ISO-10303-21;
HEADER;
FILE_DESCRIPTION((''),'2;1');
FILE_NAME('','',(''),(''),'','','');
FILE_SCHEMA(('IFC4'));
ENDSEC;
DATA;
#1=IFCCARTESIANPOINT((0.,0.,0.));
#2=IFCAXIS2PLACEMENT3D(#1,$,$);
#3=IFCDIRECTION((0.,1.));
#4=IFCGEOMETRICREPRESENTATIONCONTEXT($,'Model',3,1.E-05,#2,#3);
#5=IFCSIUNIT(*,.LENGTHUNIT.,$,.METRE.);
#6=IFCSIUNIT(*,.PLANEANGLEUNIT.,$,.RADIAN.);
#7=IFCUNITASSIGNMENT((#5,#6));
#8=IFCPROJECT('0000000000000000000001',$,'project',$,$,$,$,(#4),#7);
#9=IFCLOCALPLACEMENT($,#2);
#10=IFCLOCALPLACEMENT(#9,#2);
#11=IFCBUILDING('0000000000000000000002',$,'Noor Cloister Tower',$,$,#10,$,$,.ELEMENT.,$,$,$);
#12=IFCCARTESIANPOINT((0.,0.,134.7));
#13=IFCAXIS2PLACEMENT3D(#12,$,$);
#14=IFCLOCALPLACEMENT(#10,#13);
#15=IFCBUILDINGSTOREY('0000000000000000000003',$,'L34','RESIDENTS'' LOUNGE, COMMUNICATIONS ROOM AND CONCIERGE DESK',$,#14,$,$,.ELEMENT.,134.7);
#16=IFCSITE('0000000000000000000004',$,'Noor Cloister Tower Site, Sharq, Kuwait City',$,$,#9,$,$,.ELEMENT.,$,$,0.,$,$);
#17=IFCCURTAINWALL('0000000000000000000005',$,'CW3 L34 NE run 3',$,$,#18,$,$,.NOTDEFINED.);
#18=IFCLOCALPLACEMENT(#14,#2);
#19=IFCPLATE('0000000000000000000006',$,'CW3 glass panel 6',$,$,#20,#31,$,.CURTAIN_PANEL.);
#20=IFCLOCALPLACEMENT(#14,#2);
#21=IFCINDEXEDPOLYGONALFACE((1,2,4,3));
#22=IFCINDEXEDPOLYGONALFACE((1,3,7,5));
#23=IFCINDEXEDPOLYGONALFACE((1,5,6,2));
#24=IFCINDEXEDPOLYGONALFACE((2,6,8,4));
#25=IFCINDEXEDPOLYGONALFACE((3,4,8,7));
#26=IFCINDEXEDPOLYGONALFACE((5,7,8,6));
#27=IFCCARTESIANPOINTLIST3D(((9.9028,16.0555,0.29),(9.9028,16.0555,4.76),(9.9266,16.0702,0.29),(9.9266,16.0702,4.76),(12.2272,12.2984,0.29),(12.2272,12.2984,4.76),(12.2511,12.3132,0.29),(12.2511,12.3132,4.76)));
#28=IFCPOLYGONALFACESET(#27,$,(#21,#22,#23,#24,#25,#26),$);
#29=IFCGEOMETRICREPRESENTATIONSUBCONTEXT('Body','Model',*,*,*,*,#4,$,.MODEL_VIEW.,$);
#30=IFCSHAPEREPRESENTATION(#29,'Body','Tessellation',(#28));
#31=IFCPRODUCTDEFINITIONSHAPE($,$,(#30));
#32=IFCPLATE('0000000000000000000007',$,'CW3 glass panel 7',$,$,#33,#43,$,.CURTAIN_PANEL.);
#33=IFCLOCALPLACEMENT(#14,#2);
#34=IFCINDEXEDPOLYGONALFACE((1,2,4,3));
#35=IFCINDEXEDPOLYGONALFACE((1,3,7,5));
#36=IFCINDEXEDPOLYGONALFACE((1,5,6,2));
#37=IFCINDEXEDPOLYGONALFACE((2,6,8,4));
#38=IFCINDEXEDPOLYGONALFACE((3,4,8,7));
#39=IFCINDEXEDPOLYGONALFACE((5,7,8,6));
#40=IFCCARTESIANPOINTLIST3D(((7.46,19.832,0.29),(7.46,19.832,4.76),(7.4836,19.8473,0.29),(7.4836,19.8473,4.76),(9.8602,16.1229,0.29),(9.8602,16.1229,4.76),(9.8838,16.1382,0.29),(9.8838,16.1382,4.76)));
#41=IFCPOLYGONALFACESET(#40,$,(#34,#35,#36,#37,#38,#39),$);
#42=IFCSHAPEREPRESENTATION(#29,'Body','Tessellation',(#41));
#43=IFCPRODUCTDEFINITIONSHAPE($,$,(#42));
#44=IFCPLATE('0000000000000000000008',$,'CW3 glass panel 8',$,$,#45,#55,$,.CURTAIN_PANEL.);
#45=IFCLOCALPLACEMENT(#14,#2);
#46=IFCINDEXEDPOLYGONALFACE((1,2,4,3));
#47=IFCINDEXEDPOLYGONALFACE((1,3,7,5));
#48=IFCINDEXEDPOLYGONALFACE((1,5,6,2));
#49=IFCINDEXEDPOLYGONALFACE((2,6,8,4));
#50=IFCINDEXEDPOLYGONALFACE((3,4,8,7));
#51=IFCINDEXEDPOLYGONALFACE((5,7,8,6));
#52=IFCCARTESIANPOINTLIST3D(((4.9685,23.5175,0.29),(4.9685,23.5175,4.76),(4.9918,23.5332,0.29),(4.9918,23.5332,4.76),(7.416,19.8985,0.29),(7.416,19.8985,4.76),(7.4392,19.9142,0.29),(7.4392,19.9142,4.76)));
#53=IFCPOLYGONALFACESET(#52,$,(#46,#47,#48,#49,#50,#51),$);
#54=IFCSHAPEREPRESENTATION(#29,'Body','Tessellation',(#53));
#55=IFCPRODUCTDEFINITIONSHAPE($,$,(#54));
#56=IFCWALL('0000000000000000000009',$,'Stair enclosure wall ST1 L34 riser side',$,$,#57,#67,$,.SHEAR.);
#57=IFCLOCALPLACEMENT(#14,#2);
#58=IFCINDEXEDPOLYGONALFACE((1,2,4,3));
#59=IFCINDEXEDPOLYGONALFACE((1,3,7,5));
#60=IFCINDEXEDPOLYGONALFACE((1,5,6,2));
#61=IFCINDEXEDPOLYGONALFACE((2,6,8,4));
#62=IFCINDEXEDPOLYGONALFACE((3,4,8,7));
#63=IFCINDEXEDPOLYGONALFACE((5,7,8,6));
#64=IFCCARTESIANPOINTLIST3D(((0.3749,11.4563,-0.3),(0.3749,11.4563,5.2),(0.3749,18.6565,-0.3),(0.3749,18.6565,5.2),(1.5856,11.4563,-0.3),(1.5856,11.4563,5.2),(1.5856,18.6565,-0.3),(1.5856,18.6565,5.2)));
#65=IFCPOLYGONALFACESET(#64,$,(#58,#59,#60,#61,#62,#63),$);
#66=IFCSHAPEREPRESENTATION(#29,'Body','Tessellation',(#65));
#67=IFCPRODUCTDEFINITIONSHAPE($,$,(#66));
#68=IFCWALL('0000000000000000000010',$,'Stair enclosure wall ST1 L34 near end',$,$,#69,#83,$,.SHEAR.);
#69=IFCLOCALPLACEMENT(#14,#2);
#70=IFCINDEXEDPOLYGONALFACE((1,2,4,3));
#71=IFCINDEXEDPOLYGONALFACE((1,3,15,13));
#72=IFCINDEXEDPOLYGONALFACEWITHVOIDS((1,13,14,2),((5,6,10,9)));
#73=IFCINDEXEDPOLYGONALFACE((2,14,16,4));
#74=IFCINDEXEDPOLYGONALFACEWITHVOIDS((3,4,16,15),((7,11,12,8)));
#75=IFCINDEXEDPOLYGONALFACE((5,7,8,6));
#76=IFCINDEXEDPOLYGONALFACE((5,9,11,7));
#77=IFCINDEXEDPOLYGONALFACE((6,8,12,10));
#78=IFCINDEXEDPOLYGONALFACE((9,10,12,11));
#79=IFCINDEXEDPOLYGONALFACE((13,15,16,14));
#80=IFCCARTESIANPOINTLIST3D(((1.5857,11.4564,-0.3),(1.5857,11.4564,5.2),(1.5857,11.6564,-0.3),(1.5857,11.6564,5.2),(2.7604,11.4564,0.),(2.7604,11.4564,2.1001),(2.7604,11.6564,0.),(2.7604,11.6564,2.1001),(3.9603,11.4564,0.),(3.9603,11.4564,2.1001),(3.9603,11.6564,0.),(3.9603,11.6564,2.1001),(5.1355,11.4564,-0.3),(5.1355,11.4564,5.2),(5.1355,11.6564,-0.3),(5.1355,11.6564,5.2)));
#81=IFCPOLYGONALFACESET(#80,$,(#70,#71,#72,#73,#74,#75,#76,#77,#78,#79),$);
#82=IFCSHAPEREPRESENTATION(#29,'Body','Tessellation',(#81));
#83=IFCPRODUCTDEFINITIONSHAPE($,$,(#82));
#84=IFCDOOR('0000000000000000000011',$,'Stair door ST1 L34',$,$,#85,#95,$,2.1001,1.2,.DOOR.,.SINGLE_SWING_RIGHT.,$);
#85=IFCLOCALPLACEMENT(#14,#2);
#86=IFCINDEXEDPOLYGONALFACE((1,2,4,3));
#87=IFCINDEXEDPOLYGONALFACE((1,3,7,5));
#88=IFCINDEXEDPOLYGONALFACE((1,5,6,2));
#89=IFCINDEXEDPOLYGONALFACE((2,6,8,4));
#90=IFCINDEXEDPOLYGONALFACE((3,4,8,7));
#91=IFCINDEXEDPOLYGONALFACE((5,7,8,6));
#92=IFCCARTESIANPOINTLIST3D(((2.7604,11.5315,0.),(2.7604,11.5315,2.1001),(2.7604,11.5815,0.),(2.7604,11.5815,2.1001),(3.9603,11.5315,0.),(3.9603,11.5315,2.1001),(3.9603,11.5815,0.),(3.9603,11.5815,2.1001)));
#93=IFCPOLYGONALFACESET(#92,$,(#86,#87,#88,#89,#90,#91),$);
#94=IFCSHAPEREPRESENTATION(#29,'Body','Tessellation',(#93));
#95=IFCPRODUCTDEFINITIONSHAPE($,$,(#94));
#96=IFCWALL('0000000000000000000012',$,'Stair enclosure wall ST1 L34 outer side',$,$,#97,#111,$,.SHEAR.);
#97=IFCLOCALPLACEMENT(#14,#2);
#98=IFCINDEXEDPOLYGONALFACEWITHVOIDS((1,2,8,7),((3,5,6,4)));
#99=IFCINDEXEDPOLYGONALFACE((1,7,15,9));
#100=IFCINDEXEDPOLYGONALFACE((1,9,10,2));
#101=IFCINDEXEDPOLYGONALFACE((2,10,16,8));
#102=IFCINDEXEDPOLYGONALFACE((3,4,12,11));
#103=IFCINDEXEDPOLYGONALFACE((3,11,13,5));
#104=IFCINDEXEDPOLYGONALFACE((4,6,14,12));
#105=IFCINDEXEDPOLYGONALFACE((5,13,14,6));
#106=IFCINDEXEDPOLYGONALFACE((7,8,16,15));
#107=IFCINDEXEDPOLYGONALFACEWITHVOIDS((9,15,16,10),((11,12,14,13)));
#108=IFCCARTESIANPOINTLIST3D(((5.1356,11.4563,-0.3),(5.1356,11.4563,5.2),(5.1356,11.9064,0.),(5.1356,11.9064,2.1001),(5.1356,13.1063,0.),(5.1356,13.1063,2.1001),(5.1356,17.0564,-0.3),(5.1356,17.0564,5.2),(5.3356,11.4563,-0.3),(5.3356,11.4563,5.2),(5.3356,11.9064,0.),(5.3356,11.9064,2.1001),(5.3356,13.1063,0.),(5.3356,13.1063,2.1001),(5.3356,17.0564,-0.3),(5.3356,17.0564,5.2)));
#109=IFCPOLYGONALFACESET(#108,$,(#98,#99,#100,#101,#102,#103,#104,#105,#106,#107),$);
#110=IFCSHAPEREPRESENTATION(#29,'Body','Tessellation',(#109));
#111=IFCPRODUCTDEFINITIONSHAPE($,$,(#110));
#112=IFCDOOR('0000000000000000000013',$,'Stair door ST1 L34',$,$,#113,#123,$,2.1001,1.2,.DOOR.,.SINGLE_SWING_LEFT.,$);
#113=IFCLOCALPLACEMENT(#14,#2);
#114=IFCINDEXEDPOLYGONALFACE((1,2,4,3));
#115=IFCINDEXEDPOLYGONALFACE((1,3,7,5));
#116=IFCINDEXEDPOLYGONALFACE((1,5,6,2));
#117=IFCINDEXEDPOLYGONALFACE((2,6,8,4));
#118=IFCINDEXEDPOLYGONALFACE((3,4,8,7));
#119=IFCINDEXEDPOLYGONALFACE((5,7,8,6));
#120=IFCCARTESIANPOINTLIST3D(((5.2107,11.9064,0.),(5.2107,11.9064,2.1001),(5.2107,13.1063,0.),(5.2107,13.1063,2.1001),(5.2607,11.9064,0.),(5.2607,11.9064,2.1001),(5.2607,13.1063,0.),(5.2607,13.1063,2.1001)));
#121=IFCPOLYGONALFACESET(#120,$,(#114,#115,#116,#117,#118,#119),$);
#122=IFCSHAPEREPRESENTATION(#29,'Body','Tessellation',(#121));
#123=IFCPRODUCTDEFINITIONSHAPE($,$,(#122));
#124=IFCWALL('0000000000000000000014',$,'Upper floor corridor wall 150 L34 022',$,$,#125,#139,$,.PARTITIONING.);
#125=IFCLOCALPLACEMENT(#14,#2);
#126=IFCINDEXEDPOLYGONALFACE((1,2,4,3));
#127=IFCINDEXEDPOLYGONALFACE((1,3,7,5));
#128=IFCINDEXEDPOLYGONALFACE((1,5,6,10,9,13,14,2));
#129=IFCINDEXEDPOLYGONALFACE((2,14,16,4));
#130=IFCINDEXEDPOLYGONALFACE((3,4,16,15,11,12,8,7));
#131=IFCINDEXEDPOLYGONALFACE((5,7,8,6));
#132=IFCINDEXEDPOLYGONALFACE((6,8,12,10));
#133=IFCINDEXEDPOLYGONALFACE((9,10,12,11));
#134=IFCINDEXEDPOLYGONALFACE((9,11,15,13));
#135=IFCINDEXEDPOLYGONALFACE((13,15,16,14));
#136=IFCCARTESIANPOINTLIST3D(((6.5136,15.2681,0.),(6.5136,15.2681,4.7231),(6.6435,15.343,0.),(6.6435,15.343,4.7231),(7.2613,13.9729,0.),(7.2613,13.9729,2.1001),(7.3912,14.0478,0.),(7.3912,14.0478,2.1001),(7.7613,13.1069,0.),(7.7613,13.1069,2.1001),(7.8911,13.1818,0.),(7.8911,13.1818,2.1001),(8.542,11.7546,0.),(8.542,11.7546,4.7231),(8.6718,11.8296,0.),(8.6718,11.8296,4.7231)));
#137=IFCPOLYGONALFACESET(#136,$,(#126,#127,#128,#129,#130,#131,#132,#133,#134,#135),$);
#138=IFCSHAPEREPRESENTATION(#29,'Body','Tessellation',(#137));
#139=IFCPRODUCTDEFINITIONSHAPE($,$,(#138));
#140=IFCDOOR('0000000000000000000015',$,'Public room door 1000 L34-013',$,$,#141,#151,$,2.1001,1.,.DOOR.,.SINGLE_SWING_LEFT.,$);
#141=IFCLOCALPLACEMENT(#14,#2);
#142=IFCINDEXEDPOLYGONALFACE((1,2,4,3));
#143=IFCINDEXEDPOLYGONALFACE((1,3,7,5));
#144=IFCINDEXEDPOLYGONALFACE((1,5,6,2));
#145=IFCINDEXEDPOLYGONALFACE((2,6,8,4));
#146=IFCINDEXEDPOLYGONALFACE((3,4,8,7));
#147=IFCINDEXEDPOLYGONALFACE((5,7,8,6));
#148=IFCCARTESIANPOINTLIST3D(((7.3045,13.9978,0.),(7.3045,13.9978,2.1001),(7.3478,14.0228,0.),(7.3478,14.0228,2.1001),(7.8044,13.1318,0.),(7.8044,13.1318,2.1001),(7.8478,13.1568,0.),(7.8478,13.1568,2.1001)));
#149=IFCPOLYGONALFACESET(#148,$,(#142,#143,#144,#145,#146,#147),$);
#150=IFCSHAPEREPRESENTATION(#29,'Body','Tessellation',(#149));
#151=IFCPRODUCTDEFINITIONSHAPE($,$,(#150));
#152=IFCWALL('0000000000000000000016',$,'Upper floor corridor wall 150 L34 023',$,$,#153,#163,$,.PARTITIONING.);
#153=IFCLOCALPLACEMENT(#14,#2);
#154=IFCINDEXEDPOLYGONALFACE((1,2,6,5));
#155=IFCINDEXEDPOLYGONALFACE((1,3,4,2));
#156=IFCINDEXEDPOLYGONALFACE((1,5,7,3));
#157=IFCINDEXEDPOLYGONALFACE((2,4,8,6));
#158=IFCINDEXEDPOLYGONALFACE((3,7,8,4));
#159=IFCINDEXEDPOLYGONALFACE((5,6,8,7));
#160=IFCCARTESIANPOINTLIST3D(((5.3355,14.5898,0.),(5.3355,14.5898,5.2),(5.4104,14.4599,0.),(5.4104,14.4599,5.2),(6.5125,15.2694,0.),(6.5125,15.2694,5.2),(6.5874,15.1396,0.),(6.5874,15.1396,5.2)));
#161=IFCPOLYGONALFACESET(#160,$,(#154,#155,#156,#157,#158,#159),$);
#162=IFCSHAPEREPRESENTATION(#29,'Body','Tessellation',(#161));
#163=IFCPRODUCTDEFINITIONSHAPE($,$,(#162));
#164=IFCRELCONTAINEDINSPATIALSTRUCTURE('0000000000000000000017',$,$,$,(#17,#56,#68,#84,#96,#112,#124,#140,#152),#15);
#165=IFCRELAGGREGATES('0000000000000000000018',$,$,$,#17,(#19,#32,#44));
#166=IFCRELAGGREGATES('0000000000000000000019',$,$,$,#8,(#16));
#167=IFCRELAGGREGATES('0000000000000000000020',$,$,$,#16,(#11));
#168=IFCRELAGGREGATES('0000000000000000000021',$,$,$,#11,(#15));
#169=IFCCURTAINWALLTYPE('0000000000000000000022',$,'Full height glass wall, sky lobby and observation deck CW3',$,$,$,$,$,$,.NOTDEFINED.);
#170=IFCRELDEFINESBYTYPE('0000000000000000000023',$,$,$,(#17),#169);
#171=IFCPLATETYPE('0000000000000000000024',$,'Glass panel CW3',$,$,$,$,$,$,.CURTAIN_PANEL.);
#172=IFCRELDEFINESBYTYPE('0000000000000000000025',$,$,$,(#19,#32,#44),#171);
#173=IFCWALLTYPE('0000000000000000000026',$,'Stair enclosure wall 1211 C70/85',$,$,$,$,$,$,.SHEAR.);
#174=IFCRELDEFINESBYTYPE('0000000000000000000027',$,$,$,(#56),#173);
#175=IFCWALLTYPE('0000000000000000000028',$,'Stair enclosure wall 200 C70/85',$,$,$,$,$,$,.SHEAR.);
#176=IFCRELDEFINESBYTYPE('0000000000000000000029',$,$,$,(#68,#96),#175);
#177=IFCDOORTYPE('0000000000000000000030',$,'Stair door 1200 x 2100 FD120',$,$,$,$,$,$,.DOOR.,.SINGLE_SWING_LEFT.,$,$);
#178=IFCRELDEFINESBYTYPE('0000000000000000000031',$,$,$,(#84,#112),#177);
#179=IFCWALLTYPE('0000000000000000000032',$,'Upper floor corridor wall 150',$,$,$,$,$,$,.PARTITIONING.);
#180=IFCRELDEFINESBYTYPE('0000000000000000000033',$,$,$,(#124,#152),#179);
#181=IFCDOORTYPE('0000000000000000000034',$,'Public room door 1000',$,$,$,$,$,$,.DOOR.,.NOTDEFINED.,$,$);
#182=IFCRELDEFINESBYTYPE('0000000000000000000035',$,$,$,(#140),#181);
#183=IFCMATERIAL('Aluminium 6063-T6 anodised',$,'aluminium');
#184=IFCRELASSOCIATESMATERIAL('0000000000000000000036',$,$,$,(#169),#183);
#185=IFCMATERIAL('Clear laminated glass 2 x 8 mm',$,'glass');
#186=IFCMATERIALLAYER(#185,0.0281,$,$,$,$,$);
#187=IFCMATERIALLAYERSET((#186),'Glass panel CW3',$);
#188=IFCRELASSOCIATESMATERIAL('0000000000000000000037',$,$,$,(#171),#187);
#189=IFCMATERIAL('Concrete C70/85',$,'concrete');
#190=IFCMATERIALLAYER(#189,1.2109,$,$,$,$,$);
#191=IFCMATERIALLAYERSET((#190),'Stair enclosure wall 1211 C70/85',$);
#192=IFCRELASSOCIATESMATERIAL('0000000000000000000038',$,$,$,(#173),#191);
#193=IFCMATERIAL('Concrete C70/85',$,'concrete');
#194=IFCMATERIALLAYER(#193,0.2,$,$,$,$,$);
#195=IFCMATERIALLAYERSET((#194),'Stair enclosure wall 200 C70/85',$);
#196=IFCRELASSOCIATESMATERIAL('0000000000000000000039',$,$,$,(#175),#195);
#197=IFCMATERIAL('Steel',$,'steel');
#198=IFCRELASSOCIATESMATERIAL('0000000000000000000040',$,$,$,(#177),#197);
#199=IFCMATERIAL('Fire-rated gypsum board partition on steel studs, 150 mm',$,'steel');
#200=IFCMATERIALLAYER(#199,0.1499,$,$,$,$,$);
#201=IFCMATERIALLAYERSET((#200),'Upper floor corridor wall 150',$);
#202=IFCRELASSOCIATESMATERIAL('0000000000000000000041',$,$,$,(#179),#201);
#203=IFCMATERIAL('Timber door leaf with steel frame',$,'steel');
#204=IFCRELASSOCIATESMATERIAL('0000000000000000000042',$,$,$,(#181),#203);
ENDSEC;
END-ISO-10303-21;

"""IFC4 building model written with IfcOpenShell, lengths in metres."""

from ifc_helpers import new_model, si_unit, direction, frame, frame_2d, origin, origin_2d, place, context, subcontext, project, spatial, rectangle, extrude, material, layer, layer_set, type_object, element, fill, aggregate, save


model = new_model("IFC4")

# Units and contexts
model_context = context("Model", 3, precision=1e-05, world=origin(), true_north=direction((0.0, 1.0)))
body_context = subcontext(model_context, "Body", "Model", "MODEL_VIEW")
ifc_project = project(units=[si_unit("LENGTHUNIT", "METRE"), si_unit("PLANEANGLEUNIT", "RADIAN")], contexts=[model_context])

# Site, building, storey
site_placement = place(None, origin())
site = spatial("IfcSite", under=ifc_project, at=site_placement, Name="Noor Cloister Tower Site, Sharq, Kuwait City", CompositionType="ELEMENT", RefElevation=0.0)
building_placement = place(site_placement, origin())
building = spatial("IfcBuilding", under=site, at=building_placement, Name="Noor Cloister Tower", CompositionType="ELEMENT")
storey_placement = place(building_placement, frame((0.0, 0.0, 134.7)))
storey = spatial("IfcBuildingStorey", under=building, at=storey_placement, Name="L34", Description="RESIDENTS' LOUNGE, COMMUNICATIONS ROOM AND CONCIERGE DESK", CompositionType="ELEMENT", Elevation=134.7)

# Curtain wall
ifc_material_1 = material(Name="Aluminium 6063-T6 anodised", Category="aluminium")
curtain_wall_type = type_object("IfcCurtainWallType", Name="Full height glass wall, sky lobby and observation deck CW3", PredefinedType="NOTDEFINED", material=ifc_material_1)
curtain_wall_placement = place(storey_placement, origin())
curtain_wall = element("IfcCurtainWall", 1, at=curtain_wall_placement, inside=storey, type_object=curtain_wall_type, Name="CW3 L34 NE run 3", PredefinedType="NOTDEFINED")

# Plates
ifc_material_2 = material(Name="Clear laminated glass 2 x 8 mm", Category="glass")
ifc_layer_1 = layer(ifc_material_2, 0.0281)
ifc_layer_set_1 = layer_set([ifc_layer_1], Name="Glass panel CW3")
plate_type = type_object("IfcPlateType", Name="Glass panel CW3", PredefinedType="CURTAIN_PANEL", material=ifc_layer_set_1)
plate_1_placement = place(storey_placement, frame((11.0769, 14.1843, 0.29), z_axis=(0.0, 0.0, 1.0), x_axis=(-0.526128, 0.850405, 0.0)))
plate_1 = element("IfcPlate", 2, at=plate_1_placement, type_object=plate_type, Name="CW3 glass panel 6", PredefinedType="CURTAIN_PANEL", context=body_context, shape_type="SweptSolid", body=[
    extrude(rectangle(XDim=4.418, YDim=0.0281, at=origin_2d()), origin(), (0.0, 0.0, 1.0), 4.47),
])
plate_2_placement = place(storey_placement, frame((8.6719, 17.9851, 0.29), z_axis=(0.0, 0.0, 1.0), x_axis=(-0.543277, 0.839553, 0.0)))
plate_2 = element("IfcPlate", 3, at=plate_2_placement, type_object=plate_type, Name="CW3 glass panel 7", PredefinedType="CURTAIN_PANEL", context=body_context, shape_type="SweptSolid", body=[
    extrude(rectangle(XDim=4.418, YDim=0.0281, at=origin_2d()), origin(), (0.0, 0.0, 1.0), 4.47),
])
plate_3_placement = place(storey_placement, frame((6.2039, 21.7158, 0.29), z_axis=(0.0, 0.0, 1.0), x_axis=(-0.560203, 0.828356, 0.0)))
plate_3 = element("IfcPlate", 4, at=plate_3_placement, type_object=plate_type, Name="CW3 glass panel 8", PredefinedType="CURTAIN_PANEL", context=body_context, shape_type="SweptSolid", body=[
    extrude(rectangle(XDim=4.3689, YDim=0.0281, at=origin_2d()), origin(), (0.0, 0.0, 1.0), 4.47),
])
aggregate(curtain_wall, [plate_1, plate_2, plate_3])

# Wall
ifc_material_3 = material(Name="Concrete C70/85", Category="concrete")
ifc_layer_2 = layer(ifc_material_3, 1.2109)
ifc_layer_set_2 = layer_set([ifc_layer_2], Name="Stair enclosure wall 1211 C70/85")
wall_type_1 = type_object("IfcWallType", Name="Stair enclosure wall 1211 C70/85", PredefinedType="SHEAR", material=ifc_layer_set_2)
wall_1_placement = place(storey_placement, frame((0.9802, 11.4563, -0.3), z_axis=(0.0, 0.0, 1.0), x_axis=(0.0, 1.0, 0.0)))
element("IfcWall", 5, at=wall_1_placement, inside=storey, type_object=wall_type_1, Name="Stair enclosure wall ST1 L34 riser side", PredefinedType="SHEAR", context=body_context, shape_type="SweptSolid", body=[
    extrude(rectangle(XDim=7.2002, YDim=1.2107, at=frame_2d((3.6001, 0.0))), origin(), (0.0, 0.0, 1.0), 5.5),
])

# Walls, openings, doors
ifc_material_4 = material(Name="Concrete C70/85", Category="concrete")
ifc_layer_3 = layer(ifc_material_4, 0.2)
ifc_layer_set_3 = layer_set([ifc_layer_3], Name="Stair enclosure wall 200 C70/85")
wall_type_2 = type_object("IfcWallType", Name="Stair enclosure wall 200 C70/85", PredefinedType="SHEAR", material=ifc_layer_set_3)
wall_2_placement = place(storey_placement, frame((5.1355, 11.5564, -0.3), z_axis=(0.0, 0.0, 1.0), x_axis=(-1.0, 0.0, 0.0)))
wall_2 = element("IfcWall", 6, at=wall_2_placement, inside=storey, type_object=wall_type_2, Name="Stair enclosure wall ST1 L34 near end", PredefinedType="SHEAR", context=body_context, shape_type="SweptSolid", body=[
    extrude(rectangle(XDim=3.5498, YDim=0.2, at=frame_2d((1.7749, 0.0))), origin(), (0.0, 0.0, 1.0), 5.5),
])
opening_1_placement = place(wall_2_placement, frame((1.175, 0.0, 0.3)))
opening_1 = element("IfcOpeningElement", 7, at=opening_1_placement, cuts=wall_2, PredefinedType="OPENING", context=body_context, shape_type="SweptSolid", body=[
    extrude(rectangle(XDim=1.2, YDim=2.1001, at=frame_2d((0.6001, 1.05))), frame((0.0, 0.1099, 0.0), z_axis=(0.0, -1.0, 0.0), x_axis=(1.0, 0.0, 0.0)), (0.0, 0.0, 1.0), 0.22),
])
ifc_material_5 = material(Name="Steel", Category="steel")
door_type_1 = type_object("IfcDoorType", Name="Stair door 1200 x 2100 FD120", OperationType="SINGLE_SWING_LEFT", PredefinedType="DOOR", material=ifc_material_5)
door_1_placement = place(opening_1_placement, origin())
door_1 = element("IfcDoor", 8, at=door_1_placement, inside=storey, type_object=door_type_1, Name="Stair door ST1 L34", OperationType="SINGLE_SWING_RIGHT", OverallHeight=2.1001, OverallWidth=1.2, PredefinedType="DOOR", context=body_context, shape_type="SweptSolid", body=[
    extrude(rectangle(XDim=1.2, YDim=2.1001, at=frame_2d((0.6001, 1.05))), frame((0.0, 0.0249, 0.0), z_axis=(0.0, -1.0, 0.0), x_axis=(1.0, 0.0, 0.0)), (0.0, 0.0, 1.0), 0.05),
])
fill(opening_1, door_1)
wall_3_placement = place(storey_placement, frame((5.2356, 11.4563, -0.3), z_axis=(0.0, 0.0, 1.0), x_axis=(0.0, 1.0, 0.0)))
wall_3 = element("IfcWall", 9, at=wall_3_placement, inside=storey, type_object=wall_type_2, Name="Stair enclosure wall ST1 L34 outer side", PredefinedType="SHEAR", context=body_context, shape_type="SweptSolid", body=[
    extrude(rectangle(XDim=5.6001, YDim=0.2, at=frame_2d((2.8, 0.0))), origin(), (0.0, 0.0, 1.0), 5.5),
])
opening_2_placement = place(wall_3_placement, frame((0.45, 0.0, 0.3)))
opening_2 = element("IfcOpeningElement", 10, at=opening_2_placement, cuts=wall_3, PredefinedType="OPENING", context=body_context, shape_type="SweptSolid", body=[
    extrude(rectangle(XDim=1.2, YDim=2.1001, at=frame_2d((0.6001, 1.05))), frame((0.0, 0.1099, 0.0), z_axis=(0.0, -1.0, 0.0), x_axis=(1.0, 0.0, 0.0)), (0.0, 0.0, 1.0), 0.22),
])
door_2_placement = place(opening_2_placement, origin())
door_2 = element("IfcDoor", 11, at=door_2_placement, inside=storey, type_object=door_type_1, Name="Stair door ST1 L34", OperationType="SINGLE_SWING_LEFT", OverallHeight=2.1001, OverallWidth=1.2, PredefinedType="DOOR", context=body_context, shape_type="SweptSolid", body=[
    extrude(rectangle(XDim=1.2, YDim=2.1001, at=frame_2d((0.6001, 1.05))), frame((0.0, 0.0249, 0.0), z_axis=(0.0, -1.0, 0.0), x_axis=(1.0, 0.0, 0.0)), (0.0, 0.0, 1.0), 0.05),
])
fill(opening_2, door_2)
ifc_material_6 = material(Name="Fire-rated gypsum board partition on steel studs, 150 mm", Category="steel")
ifc_layer_4 = layer(ifc_material_6, 0.1499)
ifc_layer_set_4 = layer_set([ifc_layer_4], Name="Upper floor corridor wall 150")
wall_type_3 = type_object("IfcWallType", Name="Upper floor corridor wall 150", PredefinedType="PARTITIONING", material=ifc_layer_set_4)
wall_4_placement = place(storey_placement, frame((6.5786, 15.3054, 0.0), z_axis=(0.0, 0.0, 1.0), x_axis=(0.499971, -0.866042, 0.0)))
wall_4 = element("IfcWall", 12, at=wall_4_placement, inside=storey, type_object=wall_type_3, Name="Upper floor corridor wall 150 L34 022", PredefinedType="PARTITIONING", context=body_context, shape_type="SweptSolid", body=[
    extrude(rectangle(XDim=4.0569, YDim=0.1499, at=frame_2d((2.0283, 0.0))), origin(), (0.0, 0.0, 1.0), 4.7231),
])
opening_3_placement = place(wall_4_placement, frame((1.4954, 0.0, 0.0)))
opening_3 = element("IfcOpeningElement", 13, at=opening_3_placement, cuts=wall_4, PredefinedType="OPENING", context=body_context, shape_type="SweptSolid", body=[
    extrude(rectangle(XDim=1.0, YDim=2.1001, at=frame_2d((0.5, 1.05))), frame((0.0, 0.085, 0.0), z_axis=(0.0, -1.0, 0.0), x_axis=(1.0, 0.0, 0.0)), (0.0, 0.0, 1.0), 0.1699),
])
ifc_material_7 = material(Name="Timber door leaf with steel frame", Category="steel")
door_type_2 = type_object("IfcDoorType", Name="Public room door 1000", OperationType="NOTDEFINED", PredefinedType="DOOR", material=ifc_material_7)
door_3_placement = place(opening_3_placement, origin())
door_3 = element("IfcDoor", 14, at=door_3_placement, inside=storey, type_object=door_type_2, Name="Public room door 1000 L34-013", OperationType="SINGLE_SWING_LEFT", OverallHeight=2.1001, OverallWidth=1.0, PredefinedType="DOOR", context=body_context, shape_type="SweptSolid", body=[
    extrude(rectangle(XDim=1.0, YDim=2.1001, at=frame_2d((0.5, 1.05))), frame((0.0, 0.0249, 0.0), z_axis=(0.0, -1.0, 0.0), x_axis=(1.0, 0.0, 0.0)), (0.0, 0.0, 1.0), 0.05),
])
fill(opening_3, door_3)

# Wall
wall_5_placement = place(storey_placement, frame((6.55, 15.2046, 0.0), z_axis=(0.0, 0.0, 1.0), x_axis=(-0.865979, -0.50008, 0.0)))
element("IfcWall", 15, at=wall_5_placement, inside=storey, type_object=wall_type_3, Name="Upper floor corridor wall 150 L34 023", PredefinedType="PARTITIONING", context=body_context, shape_type="SweptSolid", body=[
    extrude(rectangle(XDim=1.3591, YDim=0.1499, at=frame_2d((0.6797, 0.0))), origin(), (0.0, 0.0, 1.0), 5.2),
])

save(model, "model.ifc")
